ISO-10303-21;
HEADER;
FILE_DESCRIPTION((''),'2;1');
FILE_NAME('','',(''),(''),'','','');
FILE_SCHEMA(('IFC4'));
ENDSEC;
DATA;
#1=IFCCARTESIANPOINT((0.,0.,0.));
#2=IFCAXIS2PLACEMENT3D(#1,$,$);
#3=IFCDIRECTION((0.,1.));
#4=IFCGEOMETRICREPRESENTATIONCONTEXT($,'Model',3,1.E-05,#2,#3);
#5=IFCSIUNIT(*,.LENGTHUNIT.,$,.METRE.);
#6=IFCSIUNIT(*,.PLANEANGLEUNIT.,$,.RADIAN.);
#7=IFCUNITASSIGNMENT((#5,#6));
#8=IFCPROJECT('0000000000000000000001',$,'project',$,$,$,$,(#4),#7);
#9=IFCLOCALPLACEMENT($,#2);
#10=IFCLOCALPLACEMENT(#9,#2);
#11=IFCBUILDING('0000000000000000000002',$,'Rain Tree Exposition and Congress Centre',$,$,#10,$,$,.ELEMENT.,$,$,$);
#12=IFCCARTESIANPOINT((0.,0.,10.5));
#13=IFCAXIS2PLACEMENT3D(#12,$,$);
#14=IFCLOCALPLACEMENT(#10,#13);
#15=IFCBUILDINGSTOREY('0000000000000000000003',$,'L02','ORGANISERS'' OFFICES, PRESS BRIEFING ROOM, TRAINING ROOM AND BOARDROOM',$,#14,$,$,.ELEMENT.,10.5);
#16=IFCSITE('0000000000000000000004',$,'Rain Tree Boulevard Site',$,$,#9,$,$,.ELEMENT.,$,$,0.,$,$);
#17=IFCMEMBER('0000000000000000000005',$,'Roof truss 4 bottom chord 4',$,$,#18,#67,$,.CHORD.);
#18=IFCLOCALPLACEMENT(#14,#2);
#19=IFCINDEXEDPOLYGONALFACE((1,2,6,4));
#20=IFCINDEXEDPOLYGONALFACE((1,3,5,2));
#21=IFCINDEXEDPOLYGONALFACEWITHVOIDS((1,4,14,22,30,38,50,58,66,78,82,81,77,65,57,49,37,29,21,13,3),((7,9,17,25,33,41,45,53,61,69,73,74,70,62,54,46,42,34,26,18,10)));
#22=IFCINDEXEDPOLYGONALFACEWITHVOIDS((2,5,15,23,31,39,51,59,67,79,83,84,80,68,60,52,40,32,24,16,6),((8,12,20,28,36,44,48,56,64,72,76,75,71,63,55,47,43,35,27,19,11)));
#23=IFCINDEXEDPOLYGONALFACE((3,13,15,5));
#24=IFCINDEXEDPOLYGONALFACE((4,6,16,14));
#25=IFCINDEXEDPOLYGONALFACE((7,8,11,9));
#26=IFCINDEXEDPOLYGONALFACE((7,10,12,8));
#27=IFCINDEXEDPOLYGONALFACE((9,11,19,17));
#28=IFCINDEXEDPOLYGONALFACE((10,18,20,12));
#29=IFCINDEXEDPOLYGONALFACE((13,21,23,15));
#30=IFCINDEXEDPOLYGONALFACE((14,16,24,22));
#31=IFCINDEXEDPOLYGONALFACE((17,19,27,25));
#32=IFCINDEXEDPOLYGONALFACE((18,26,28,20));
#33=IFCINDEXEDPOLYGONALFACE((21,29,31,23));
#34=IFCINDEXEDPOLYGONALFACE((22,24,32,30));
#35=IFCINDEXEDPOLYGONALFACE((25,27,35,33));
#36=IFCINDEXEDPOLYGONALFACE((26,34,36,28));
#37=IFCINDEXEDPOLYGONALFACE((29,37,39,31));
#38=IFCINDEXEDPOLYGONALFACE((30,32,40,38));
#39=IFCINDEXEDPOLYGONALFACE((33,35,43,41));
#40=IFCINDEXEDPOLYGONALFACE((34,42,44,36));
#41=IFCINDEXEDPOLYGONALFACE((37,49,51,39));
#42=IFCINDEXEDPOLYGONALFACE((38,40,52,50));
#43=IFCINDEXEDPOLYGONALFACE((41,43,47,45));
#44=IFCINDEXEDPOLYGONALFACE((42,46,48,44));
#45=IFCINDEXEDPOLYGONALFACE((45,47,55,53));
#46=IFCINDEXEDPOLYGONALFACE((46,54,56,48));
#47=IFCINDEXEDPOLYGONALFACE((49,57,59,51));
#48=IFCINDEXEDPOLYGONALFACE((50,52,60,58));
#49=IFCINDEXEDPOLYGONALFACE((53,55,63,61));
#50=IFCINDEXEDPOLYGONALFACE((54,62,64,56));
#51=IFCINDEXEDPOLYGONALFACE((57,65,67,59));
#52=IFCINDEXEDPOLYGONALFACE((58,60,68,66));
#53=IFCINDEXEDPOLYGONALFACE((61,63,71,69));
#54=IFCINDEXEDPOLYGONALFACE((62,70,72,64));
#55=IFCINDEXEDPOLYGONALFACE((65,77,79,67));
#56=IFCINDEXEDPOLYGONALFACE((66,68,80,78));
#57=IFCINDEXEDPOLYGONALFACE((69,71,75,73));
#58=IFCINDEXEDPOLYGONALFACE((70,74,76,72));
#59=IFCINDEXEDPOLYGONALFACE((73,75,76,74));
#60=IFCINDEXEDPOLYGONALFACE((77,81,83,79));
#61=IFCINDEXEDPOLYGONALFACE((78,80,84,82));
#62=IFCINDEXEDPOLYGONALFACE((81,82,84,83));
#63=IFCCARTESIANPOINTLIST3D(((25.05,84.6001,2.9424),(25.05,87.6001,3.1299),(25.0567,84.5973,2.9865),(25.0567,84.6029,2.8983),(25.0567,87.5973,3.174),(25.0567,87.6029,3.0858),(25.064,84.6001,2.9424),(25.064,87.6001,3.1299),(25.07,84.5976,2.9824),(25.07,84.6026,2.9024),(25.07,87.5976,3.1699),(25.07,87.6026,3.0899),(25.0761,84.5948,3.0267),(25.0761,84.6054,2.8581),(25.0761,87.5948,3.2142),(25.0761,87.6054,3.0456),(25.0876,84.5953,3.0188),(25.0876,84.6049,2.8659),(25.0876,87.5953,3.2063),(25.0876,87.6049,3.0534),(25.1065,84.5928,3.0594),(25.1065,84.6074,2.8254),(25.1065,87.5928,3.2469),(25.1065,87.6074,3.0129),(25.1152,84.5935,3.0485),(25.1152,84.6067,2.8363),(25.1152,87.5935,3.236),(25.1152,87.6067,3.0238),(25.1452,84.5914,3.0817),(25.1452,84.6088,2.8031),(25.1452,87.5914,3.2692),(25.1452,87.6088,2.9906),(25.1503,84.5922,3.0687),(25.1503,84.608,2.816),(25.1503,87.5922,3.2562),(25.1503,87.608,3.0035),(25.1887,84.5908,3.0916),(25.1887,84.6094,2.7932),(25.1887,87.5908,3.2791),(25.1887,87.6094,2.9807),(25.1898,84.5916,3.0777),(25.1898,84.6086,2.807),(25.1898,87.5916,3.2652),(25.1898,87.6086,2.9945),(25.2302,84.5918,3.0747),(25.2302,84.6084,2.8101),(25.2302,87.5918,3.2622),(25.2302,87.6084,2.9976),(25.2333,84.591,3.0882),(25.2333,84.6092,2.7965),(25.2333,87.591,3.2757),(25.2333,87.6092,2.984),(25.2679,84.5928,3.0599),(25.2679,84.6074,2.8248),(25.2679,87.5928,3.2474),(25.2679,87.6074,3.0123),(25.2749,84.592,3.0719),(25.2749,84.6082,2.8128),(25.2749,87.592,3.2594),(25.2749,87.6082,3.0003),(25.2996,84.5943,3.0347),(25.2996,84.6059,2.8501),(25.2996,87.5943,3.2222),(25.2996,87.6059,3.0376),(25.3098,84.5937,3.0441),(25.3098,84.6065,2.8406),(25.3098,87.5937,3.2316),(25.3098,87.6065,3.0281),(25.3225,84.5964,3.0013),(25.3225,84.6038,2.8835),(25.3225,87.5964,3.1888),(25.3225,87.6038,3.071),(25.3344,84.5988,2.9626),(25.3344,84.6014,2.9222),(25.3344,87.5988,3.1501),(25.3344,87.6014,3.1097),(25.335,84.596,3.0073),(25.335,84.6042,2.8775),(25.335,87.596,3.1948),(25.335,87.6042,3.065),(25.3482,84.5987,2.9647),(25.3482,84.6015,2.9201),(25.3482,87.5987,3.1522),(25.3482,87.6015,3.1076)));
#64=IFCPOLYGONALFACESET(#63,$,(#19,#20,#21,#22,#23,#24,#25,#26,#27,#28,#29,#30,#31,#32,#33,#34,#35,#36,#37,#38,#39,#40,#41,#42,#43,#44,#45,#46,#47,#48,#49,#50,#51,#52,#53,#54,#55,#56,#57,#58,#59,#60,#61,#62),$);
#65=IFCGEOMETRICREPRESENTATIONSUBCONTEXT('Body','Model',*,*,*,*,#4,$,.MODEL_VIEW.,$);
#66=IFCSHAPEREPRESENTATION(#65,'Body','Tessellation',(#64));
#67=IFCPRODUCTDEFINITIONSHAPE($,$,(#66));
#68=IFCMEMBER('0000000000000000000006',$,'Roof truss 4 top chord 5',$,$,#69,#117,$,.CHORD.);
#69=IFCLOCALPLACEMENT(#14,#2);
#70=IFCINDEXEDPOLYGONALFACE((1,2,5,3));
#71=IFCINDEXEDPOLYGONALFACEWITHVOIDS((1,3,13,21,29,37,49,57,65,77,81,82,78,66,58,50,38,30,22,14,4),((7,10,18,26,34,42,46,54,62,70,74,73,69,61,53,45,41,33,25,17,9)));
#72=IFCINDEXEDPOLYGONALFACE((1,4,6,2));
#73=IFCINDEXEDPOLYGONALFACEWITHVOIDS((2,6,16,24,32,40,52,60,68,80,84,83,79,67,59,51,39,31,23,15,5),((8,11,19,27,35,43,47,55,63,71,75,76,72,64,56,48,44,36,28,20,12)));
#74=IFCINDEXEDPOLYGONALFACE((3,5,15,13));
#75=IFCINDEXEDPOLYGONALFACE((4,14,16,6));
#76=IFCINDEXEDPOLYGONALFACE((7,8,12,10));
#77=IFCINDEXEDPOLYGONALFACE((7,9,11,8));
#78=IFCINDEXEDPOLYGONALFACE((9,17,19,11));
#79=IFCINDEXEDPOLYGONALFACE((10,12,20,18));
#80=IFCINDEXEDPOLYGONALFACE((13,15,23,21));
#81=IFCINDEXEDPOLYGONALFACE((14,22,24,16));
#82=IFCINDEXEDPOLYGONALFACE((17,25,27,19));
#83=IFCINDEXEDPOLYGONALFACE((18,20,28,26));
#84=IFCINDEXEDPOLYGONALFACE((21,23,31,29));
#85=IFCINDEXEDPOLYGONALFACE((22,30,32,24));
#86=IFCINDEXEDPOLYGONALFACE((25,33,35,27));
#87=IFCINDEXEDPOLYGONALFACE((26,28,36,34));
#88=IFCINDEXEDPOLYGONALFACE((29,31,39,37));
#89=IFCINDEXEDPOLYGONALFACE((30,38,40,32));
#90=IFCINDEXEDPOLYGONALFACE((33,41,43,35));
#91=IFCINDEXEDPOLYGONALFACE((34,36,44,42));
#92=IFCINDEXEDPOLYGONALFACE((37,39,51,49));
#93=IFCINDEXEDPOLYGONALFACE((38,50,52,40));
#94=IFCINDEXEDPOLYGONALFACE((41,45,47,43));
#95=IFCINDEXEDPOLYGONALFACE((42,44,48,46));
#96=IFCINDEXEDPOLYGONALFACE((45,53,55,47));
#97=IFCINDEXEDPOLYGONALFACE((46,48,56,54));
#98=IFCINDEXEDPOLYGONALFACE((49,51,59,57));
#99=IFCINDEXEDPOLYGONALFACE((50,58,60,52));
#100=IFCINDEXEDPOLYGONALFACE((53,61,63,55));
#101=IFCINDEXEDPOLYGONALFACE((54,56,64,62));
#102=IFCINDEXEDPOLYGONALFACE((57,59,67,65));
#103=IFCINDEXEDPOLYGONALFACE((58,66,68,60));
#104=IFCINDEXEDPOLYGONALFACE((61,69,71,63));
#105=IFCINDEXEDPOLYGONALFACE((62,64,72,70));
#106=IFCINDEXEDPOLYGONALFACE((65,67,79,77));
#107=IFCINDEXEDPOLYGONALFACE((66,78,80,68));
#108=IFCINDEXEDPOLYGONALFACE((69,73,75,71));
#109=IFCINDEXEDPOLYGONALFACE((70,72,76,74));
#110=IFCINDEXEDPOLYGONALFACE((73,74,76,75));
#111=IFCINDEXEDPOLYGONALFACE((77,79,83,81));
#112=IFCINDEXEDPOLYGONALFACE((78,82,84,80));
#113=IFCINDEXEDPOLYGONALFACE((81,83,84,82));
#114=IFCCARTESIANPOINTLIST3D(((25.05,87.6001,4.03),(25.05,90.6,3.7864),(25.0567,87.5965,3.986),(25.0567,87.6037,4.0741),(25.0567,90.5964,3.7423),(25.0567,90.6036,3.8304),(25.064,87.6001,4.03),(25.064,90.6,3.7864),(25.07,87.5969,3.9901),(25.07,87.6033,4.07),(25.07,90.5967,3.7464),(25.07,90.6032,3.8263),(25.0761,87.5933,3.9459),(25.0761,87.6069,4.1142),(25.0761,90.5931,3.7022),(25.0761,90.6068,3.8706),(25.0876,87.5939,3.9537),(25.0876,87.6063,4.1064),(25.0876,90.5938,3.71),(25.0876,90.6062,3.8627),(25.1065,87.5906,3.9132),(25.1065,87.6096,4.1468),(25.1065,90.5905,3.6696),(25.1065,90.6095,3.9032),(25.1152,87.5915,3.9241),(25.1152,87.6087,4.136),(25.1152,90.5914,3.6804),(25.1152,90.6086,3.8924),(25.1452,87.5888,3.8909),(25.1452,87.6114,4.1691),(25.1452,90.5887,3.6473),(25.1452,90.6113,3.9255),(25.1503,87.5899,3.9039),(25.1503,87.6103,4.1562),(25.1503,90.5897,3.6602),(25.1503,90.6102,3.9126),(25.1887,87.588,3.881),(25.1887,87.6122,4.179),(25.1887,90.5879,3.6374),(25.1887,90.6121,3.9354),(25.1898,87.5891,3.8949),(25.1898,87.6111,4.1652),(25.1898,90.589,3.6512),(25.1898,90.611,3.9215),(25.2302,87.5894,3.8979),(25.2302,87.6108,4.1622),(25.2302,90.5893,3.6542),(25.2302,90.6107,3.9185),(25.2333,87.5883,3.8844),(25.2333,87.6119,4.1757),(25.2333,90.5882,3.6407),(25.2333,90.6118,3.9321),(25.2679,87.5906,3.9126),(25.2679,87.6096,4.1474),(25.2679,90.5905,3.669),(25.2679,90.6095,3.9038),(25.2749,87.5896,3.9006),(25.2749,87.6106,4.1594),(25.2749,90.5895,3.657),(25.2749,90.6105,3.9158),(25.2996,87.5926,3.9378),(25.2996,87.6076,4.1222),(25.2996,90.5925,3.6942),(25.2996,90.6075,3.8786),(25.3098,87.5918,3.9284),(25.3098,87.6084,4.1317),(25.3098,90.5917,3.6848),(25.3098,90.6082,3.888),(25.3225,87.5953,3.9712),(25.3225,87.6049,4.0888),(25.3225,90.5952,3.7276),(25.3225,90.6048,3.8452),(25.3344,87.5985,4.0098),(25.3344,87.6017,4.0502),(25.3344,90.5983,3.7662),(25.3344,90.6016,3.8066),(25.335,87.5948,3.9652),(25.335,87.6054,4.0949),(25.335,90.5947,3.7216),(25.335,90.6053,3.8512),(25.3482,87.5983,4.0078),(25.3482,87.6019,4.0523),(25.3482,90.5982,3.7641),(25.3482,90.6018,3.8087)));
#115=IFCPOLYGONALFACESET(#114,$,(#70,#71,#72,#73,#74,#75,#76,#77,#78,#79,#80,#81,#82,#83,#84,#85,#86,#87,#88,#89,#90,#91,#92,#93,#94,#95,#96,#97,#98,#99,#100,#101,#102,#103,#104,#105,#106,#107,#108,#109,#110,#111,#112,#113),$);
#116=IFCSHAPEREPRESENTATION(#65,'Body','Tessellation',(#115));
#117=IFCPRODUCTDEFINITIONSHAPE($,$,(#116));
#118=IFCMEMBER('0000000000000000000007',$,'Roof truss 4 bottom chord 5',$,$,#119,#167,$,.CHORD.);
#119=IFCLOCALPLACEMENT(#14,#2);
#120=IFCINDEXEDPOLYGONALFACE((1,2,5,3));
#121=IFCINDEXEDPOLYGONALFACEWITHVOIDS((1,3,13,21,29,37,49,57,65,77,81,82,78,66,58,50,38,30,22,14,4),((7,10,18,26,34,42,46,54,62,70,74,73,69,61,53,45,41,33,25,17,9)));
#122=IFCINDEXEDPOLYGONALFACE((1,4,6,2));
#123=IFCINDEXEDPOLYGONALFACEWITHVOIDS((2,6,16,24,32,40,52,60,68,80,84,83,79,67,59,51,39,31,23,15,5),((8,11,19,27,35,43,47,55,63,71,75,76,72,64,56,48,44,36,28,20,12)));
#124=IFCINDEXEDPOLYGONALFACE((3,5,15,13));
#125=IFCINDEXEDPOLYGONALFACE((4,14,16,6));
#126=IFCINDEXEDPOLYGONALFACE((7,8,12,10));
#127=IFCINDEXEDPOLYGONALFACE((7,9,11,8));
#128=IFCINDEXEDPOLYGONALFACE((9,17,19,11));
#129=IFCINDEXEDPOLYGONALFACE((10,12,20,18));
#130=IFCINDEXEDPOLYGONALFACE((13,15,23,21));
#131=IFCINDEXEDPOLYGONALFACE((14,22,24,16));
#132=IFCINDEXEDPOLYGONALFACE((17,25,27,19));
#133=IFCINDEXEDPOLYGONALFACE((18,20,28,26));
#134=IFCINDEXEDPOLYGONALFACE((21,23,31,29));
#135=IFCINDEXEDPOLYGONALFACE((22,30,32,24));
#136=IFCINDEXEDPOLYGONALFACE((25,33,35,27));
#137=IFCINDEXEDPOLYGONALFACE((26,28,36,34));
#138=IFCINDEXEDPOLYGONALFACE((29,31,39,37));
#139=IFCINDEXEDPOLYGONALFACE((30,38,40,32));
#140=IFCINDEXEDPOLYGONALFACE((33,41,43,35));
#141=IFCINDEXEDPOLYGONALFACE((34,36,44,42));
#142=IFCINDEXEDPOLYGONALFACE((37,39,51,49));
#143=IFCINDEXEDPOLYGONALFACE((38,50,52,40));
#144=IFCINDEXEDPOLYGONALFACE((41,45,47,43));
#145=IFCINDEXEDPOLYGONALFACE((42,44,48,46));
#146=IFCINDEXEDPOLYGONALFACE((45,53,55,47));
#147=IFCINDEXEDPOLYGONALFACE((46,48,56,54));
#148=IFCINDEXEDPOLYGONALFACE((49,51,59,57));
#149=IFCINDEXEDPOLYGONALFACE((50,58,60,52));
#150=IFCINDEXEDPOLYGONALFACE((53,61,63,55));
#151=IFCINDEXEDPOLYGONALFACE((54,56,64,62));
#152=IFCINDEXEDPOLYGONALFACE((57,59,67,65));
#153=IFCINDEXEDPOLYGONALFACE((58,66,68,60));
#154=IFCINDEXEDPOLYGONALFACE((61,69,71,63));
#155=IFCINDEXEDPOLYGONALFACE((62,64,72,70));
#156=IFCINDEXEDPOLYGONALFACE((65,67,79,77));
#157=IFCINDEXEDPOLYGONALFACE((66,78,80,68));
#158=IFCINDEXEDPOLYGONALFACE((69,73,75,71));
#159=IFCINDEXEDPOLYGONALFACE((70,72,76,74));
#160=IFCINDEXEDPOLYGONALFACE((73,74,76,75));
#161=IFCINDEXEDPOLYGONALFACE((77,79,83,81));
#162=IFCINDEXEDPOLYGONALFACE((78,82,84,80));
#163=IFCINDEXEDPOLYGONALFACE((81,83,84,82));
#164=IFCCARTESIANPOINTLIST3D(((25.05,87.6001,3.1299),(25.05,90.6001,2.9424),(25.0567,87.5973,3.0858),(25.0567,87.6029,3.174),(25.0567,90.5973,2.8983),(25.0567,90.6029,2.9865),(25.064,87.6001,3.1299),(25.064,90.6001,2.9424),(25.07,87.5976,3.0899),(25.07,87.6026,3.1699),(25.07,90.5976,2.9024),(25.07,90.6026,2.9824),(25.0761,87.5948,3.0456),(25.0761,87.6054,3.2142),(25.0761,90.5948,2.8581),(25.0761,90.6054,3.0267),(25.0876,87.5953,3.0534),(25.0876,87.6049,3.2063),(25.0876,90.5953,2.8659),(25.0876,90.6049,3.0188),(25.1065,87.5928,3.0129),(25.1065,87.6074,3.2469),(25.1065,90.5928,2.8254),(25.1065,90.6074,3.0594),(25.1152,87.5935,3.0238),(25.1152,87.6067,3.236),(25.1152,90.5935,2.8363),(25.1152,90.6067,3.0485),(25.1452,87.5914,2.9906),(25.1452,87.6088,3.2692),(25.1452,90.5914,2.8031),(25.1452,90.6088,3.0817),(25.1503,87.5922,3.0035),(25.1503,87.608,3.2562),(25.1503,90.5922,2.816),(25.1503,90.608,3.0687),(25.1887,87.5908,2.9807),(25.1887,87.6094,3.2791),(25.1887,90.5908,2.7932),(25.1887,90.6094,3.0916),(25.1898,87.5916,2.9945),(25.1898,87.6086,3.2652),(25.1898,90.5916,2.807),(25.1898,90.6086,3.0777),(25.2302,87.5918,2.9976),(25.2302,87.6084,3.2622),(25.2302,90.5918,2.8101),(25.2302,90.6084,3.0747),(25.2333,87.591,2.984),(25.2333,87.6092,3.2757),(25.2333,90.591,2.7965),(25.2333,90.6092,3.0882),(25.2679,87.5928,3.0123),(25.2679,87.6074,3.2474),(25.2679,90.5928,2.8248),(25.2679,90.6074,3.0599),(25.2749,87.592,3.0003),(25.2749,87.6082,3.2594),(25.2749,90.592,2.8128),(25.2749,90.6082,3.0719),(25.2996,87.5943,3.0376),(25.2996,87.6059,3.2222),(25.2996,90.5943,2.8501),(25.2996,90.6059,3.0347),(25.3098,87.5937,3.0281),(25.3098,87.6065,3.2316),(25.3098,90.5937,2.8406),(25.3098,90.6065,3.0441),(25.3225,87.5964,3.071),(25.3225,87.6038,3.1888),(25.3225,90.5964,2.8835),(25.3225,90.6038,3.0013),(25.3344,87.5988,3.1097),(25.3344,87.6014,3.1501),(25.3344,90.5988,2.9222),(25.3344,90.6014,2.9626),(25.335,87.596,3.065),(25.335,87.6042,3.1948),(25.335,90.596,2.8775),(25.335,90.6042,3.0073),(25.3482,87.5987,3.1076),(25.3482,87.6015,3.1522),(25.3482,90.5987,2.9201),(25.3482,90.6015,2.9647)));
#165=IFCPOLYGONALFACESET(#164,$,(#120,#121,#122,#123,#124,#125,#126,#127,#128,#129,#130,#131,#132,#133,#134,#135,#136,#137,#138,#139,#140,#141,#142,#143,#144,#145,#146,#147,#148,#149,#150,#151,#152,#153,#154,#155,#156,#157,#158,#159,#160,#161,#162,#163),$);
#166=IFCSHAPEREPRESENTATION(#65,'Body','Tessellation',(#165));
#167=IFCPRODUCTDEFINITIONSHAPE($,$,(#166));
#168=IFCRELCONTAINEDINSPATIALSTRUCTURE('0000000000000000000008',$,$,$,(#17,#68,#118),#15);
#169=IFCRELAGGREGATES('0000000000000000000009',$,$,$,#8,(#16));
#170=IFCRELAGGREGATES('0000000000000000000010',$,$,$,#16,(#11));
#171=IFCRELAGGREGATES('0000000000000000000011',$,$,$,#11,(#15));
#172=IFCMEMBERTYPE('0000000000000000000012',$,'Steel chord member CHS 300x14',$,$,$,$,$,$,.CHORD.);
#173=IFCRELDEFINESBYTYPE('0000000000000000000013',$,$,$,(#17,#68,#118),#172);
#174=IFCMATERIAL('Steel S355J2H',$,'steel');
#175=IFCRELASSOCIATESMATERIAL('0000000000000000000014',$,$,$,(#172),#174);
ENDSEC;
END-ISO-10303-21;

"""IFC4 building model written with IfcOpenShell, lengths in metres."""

from ifc_helpers import new_model, si_unit, direction, frame, origin, origin_2d, place, context, subcontext, project, spatial, hollow_circle, extrude, material, material_profile, profile_set, type_object, element, save


model = new_model("IFC4")

# Units and contexts
model_context = context("Model", 3, precision=1e-05, world=origin(), true_north=direction((0.0, 1.0)))
body_context = subcontext(model_context, "Body", "Model", "MODEL_VIEW")
ifc_project = project(units=[si_unit("LENGTHUNIT", "METRE"), si_unit("PLANEANGLEUNIT", "RADIAN")], contexts=[model_context])

# Site, building, storey
site_placement = place(None, origin())
site = spatial("IfcSite", under=ifc_project, at=site_placement, Name="Rain Tree Boulevard Site", CompositionType="ELEMENT", RefElevation=0.0)
building_placement = place(site_placement, origin())
building = spatial("IfcBuilding", under=site, at=building_placement, Name="Rain Tree Exposition and Congress Centre", CompositionType="ELEMENT")
storey_placement = place(building_placement, frame((0.0, 0.0, 10.5)))
storey = spatial("IfcBuildingStorey", under=building, at=storey_placement, Name="L02", Description="ORGANISERS' OFFICES, PRESS BRIEFING ROOM, TRAINING ROOM AND BOARDROOM", CompositionType="ELEMENT", Elevation=10.5)

# Members
ifc_material_1 = material(Name="Steel S355J2H", Category="steel")
ifc_material_profile_1 = material_profile(ifc_material_1, hollow_circle(Radius=0.1499, WallThickness=0.0139, at=origin_2d()), Name="CHS 300x14")
ifc_profile_set_1 = profile_set([ifc_material_profile_1], Name="Steel S355J2H")
member_type_1 = type_object("IfcMemberType", Name="Steel chord member CHS 300x14", PredefinedType="CHORD", material=ifc_profile_set_1)
member_1_placement = place(storey_placement, frame((25.2, 84.6001, 2.9424), z_axis=(0.0, 0.998053, 0.062378), x_axis=(-1.0, 0.0, 0.0)))
element("IfcMember", 1, at=member_1_placement, inside=storey, type_object=member_type_1, Name="Roof truss 4 bottom chord 4", PredefinedType="CHORD", context=body_context, shape_type="SweptSolid", body=[
    extrude(hollow_circle(Radius=0.1499, WallThickness=0.0139, at=origin_2d()), origin(), (0.0, 0.0, 1.0), 3.0059),
])
member_2_placement = place(storey_placement, frame((25.2, 87.6001, 4.03), z_axis=(0.0, 0.996718, -0.080951), x_axis=(-1.0, 0.0, 0.0)))
element("IfcMember", 2, at=member_2_placement, inside=storey, type_object=member_type_1, Name="Roof truss 4 top chord 5", PredefinedType="CHORD", context=body_context, shape_type="SweptSolid", body=[
    extrude(hollow_circle(Radius=0.1499, WallThickness=0.0139, at=origin_2d()), origin(), (0.0, 0.0, 1.0), 3.0098),
])
member_3_placement = place(storey_placement, frame((25.2, 87.6001, 3.1299), z_axis=(0.0, 0.998053, -0.062378), x_axis=(-1.0, 0.0, 0.0)))
element("IfcMember", 3, at=member_3_placement, inside=storey, type_object=member_type_1, Name="Roof truss 4 bottom chord 5", PredefinedType="CHORD", context=body_context, shape_type="SweptSolid", body=[
    extrude(hollow_circle(Radius=0.1499, WallThickness=0.0139, at=origin_2d()), origin(), (0.0, 0.0, 1.0), 3.0059),
])

save(model, "model.ifc")
